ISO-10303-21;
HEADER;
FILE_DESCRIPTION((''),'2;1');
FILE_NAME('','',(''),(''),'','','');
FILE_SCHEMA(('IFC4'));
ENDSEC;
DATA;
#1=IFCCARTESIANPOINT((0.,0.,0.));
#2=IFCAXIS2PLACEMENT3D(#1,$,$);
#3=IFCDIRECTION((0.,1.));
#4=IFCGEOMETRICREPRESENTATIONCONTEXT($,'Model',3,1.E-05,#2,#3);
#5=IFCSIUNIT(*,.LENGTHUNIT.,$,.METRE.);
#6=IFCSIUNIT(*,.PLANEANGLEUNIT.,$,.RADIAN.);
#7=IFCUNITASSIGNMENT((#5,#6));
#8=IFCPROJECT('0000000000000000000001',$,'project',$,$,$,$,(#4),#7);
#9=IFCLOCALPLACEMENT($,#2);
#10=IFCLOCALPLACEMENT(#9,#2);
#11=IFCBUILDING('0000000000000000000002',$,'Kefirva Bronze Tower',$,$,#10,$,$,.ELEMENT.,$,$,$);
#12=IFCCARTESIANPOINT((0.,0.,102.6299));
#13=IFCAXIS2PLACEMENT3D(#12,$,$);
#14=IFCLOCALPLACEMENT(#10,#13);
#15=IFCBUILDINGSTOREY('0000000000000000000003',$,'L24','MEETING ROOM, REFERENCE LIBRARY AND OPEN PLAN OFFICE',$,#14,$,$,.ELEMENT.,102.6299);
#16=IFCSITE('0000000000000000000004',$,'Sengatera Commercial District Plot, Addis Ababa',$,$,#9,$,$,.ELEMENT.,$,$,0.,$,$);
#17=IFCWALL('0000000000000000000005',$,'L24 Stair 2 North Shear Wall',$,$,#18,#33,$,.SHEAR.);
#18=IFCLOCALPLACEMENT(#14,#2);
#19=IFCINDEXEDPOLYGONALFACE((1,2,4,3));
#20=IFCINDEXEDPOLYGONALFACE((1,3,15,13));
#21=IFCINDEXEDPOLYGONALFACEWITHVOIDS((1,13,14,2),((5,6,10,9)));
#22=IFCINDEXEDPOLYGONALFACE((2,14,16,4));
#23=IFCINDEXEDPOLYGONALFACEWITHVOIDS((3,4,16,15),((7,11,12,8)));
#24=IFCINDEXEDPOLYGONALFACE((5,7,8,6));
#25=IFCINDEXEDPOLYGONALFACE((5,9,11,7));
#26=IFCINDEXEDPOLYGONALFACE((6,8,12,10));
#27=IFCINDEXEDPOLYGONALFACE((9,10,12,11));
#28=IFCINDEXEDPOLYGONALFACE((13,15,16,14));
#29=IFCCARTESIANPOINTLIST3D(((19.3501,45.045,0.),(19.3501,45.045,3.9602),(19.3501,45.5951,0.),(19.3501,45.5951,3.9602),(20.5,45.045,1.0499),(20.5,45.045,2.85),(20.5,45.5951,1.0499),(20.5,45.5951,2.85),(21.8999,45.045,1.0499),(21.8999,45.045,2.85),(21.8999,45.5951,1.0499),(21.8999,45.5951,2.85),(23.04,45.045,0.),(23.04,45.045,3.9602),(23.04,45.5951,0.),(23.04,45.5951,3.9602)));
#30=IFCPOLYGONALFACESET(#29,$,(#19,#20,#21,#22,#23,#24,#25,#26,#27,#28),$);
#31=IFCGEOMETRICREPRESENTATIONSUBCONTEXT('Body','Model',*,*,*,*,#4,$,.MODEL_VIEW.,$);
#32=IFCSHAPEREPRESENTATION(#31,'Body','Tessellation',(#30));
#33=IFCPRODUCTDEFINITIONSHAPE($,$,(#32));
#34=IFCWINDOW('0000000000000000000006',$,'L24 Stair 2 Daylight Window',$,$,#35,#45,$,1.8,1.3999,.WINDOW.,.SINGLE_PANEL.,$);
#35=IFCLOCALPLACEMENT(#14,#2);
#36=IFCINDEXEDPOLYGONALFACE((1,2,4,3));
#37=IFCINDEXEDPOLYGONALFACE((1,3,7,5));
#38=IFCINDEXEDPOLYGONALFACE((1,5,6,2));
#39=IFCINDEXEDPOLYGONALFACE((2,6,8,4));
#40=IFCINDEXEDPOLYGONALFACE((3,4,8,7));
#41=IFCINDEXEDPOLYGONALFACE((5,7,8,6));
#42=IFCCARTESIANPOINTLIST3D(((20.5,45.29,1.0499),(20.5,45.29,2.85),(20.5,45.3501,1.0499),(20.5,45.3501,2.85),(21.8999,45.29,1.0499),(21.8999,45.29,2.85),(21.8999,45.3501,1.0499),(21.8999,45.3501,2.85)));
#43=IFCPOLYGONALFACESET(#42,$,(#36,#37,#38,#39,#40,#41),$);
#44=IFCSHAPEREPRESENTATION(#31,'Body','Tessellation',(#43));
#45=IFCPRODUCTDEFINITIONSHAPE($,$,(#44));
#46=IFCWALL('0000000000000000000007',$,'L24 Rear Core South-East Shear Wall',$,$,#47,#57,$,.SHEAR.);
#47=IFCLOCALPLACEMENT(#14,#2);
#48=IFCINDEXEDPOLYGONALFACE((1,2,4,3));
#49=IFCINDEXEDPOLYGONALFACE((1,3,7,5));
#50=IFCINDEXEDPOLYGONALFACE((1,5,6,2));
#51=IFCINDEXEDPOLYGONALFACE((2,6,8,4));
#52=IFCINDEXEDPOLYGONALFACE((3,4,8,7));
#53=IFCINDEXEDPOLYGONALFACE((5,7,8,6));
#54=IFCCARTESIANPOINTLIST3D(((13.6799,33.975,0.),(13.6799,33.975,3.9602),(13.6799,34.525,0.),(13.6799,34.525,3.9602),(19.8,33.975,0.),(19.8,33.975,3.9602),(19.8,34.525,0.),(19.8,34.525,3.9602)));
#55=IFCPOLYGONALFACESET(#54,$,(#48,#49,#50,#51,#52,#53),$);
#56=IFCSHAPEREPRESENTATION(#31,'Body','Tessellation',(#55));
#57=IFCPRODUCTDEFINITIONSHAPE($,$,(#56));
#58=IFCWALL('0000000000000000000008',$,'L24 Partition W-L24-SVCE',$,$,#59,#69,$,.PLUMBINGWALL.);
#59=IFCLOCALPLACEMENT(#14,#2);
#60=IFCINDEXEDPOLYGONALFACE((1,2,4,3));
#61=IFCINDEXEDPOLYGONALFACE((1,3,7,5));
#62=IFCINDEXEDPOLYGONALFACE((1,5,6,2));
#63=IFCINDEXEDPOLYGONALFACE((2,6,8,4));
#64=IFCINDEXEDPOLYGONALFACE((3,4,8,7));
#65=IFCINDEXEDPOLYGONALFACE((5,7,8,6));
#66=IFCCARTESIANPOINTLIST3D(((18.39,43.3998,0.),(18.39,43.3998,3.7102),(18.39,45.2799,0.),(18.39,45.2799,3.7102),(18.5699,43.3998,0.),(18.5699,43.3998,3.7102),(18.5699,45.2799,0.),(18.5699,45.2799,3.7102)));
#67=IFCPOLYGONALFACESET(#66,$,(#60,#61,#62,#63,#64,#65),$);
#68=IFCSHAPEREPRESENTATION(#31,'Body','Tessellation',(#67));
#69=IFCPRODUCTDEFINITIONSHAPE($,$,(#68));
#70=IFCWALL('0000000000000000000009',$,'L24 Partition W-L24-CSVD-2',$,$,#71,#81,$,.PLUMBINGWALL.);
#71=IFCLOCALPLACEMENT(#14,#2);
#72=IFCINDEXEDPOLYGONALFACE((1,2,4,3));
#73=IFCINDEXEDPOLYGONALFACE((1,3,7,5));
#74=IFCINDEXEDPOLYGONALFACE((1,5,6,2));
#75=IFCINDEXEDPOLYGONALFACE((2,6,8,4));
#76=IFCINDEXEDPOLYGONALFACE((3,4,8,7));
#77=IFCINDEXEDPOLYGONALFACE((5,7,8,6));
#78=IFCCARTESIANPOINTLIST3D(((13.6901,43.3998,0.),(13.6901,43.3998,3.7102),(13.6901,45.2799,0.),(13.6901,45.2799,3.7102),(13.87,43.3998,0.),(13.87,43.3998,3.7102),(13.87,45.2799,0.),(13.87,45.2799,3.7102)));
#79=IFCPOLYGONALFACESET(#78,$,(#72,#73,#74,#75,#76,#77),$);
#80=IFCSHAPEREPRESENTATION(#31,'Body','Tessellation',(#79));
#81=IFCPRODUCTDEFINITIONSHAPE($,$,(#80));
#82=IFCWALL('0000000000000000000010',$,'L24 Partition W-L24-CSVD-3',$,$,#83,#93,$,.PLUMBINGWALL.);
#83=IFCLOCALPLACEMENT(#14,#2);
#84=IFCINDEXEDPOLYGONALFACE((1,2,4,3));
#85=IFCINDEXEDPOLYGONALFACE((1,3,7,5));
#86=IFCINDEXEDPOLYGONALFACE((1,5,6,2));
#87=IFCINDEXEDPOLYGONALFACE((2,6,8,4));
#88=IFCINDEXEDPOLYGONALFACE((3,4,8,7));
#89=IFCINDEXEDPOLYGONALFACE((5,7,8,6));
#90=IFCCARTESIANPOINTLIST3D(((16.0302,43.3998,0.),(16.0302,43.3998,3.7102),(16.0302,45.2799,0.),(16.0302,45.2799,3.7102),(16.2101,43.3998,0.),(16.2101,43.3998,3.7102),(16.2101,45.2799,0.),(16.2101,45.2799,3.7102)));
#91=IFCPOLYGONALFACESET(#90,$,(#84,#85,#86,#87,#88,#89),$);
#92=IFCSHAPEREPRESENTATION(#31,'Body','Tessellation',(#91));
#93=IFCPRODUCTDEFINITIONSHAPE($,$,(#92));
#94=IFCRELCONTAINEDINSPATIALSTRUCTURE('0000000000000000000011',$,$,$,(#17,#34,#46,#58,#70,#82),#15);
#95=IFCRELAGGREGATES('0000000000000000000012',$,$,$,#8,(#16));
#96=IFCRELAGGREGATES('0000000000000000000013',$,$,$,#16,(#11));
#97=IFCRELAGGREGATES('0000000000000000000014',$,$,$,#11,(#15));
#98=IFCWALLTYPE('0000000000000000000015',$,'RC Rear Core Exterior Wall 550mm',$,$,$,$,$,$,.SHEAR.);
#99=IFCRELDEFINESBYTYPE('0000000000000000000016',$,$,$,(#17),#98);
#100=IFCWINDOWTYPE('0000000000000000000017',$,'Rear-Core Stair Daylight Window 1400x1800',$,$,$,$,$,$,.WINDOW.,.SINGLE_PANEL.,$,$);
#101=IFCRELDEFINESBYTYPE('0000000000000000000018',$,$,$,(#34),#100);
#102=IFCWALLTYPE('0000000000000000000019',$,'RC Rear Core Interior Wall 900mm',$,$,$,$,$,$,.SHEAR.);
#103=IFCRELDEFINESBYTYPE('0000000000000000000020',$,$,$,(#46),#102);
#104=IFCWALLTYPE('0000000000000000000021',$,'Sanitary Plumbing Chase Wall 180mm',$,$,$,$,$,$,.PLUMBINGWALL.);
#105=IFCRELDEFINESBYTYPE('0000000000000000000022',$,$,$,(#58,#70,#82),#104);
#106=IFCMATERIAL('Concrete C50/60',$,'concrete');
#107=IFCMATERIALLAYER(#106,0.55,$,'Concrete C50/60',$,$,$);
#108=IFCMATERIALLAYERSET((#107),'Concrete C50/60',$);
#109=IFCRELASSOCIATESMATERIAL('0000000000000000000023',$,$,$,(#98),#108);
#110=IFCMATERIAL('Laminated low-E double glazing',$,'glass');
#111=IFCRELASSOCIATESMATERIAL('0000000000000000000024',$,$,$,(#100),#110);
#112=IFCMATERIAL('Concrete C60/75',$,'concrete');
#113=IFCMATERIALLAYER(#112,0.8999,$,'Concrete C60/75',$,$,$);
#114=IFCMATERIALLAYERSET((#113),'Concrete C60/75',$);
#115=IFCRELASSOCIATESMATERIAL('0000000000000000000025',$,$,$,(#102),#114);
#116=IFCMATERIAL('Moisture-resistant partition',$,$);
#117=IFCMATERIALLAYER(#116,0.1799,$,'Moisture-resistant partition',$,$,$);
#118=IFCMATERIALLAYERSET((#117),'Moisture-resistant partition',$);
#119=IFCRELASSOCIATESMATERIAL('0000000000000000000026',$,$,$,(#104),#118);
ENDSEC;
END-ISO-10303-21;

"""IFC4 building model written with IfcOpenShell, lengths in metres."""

from ifc_helpers import new_model, si_unit, direction, frame, frame_2d, origin, place, context, subcontext, project, spatial, rectangle, extrude, material, layer, layer_set, type_object, element, fill, save


model = new_model("IFC4")

# Units and contexts
model_context = context("Model", 3, precision=1e-05, world=origin(), true_north=direction((0.0, 1.0)))
body_context = subcontext(model_context, "Body", "Model", "MODEL_VIEW")
ifc_project = project(units=[si_unit("LENGTHUNIT", "METRE"), si_unit("PLANEANGLEUNIT", "RADIAN")], contexts=[model_context])

# Site, building, storey
site_placement = place(None, origin())
site = spatial("IfcSite", under=ifc_project, at=site_placement, Name="Sengatera Commercial District Plot, Addis Ababa", CompositionType="ELEMENT", RefElevation=0.0)
building_placement = place(site_placement, origin())
building = spatial("IfcBuilding", under=site, at=building_placement, Name="Kefirva Bronze Tower", CompositionType="ELEMENT")
storey_placement = place(building_placement, frame((0.0, 0.0, 102.6299)))
storey = spatial("IfcBuildingStorey", under=building, at=storey_placement, Name="L24", Description="MEETING ROOM, REFERENCE LIBRARY AND OPEN PLAN OFFICE", CompositionType="ELEMENT", Elevation=102.6299)

# Shared definitions
ifc_material_1 = material(Name="Concrete C60/75", Category="concrete")

# Wall, opening, window
ifc_material_2 = material(Name="Concrete C50/60", Category="concrete")
ifc_layer_1 = layer(ifc_material_2, 0.55, Name="Concrete C50/60")
ifc_layer_set_1 = layer_set([ifc_layer_1], Name="Concrete C50/60")
wall_type_1 = type_object("IfcWallType", Name="RC Rear Core Exterior Wall 550mm", PredefinedType="SHEAR", material=ifc_layer_set_1)
wall_1_placement = place(storey_placement, frame((19.3501, 45.3201, 0.0), z_axis=(0.0, 0.0, 1.0), x_axis=(1.0, 0.0, 0.0)))
wall_1 = element("IfcWall", 1, at=wall_1_placement, inside=storey, type_object=wall_type_1, Name="L24 Stair 2 North Shear Wall", PredefinedType="SHEAR", context=body_context, shape_type="SweptSolid", body=[
    extrude(rectangle(XDim=3.6899, YDim=0.55, at=frame_2d((1.845, 0.0))), origin(), (0.0, 0.0, 1.0), 3.9602),
])
opening_1_placement = place(wall_1_placement, frame((1.1499, 0.0, 1.05)))
opening_1 = element("IfcOpeningElement", 2, at=opening_1_placement, cuts=wall_1, PredefinedType="OPENING", context=body_context, shape_type="SweptSolid", body=[
    extrude(rectangle(XDim=1.3999, YDim=1.8, at=frame_2d((0.7, 0.8999))), frame((0.0, 0.2852, 0.0), z_axis=(0.0, -1.0, 0.0), x_axis=(1.0, 0.0, 0.0)), (0.0, 0.0, 1.0), 0.5701),
])
ifc_material_3 = material(Name="Laminated low-E double glazing", Category="glass")
window_type = type_object("IfcWindowType", Name="Rear-Core Stair Daylight Window 1400x1800", PartitioningType="SINGLE_PANEL", PredefinedType="WINDOW", material=ifc_material_3)
window_placement = place(opening_1_placement, origin())
window = element("IfcWindow", 3, at=window_placement, inside=storey, type_object=window_type, Name="L24 Stair 2 Daylight Window", OverallHeight=1.8, OverallWidth=1.3999, PartitioningType="SINGLE_PANEL", PredefinedType="WINDOW", context=body_context, shape_type="SweptSolid", body=[
    extrude(rectangle(XDim=1.3999, YDim=1.8, at=frame_2d((0.7, 0.8999))), frame((0.0, 0.03, 0.0), z_axis=(0.0, -1.0, 0.0), x_axis=(1.0, 0.0, 0.0)), (0.0, 0.0, 1.0), 0.0601),
])
fill(opening_1, window)

# Walls
ifc_layer_2 = layer(ifc_material_1, 0.8999, Name="Concrete C60/75")
ifc_layer_set_2 = layer_set([ifc_layer_2], Name="Concrete C60/75")
wall_type_2 = type_object("IfcWallType", Name="RC Rear Core Interior Wall 900mm", PredefinedType="SHEAR", material=ifc_layer_set_2)
wall_2_placement = place(storey_placement, frame((13.6799, 34.25, 0.0), z_axis=(0.0, 0.0, 1.0), x_axis=(1.0, 0.0, 0.0)))
element("IfcWall", 4, at=wall_2_placement, inside=storey, type_object=wall_type_2, Name="L24 Rear Core South-East Shear Wall", PredefinedType="SHEAR", context=body_context, shape_type="SweptSolid", body=[
    extrude(rectangle(XDim=6.1201, YDim=0.55, at=frame_2d((3.0601, 0.0))), origin(), (0.0, 0.0, 1.0), 3.9602),
])
ifc_material_4 = material(Name="Moisture-resistant partition")
ifc_layer_3 = layer(ifc_material_4, 0.1799, Name="Moisture-resistant partition")
ifc_layer_set_3 = layer_set([ifc_layer_3], Name="Moisture-resistant partition")
wall_type_3 = type_object("IfcWallType", Name="Sanitary Plumbing Chase Wall 180mm", PredefinedType="PLUMBINGWALL", material=ifc_layer_set_3)
for number, where, z_axis, x_axis, name in (
    (5, (18.48, 43.3999, 0.0), (0.0, 0.0, 1.0), (0.0, 1.0, 0.0), "L24 Partition W-L24-SVCE"),
    (6, (13.78, 43.3999, 0.0), (0.0, 0.0, 1.0), (0.0, 1.0, 0.0), "L24 Partition W-L24-CSVD-2"),
    (7, (16.1201, 43.3999, 0.0), (0.0, 0.0, 1.0), (0.0, 1.0, 0.0), "L24 Partition W-L24-CSVD-3"),
):
    element("IfcWall", number, at=place(storey_placement, frame(where, z_axis=z_axis, x_axis=x_axis)), inside=storey, type_object=wall_type_3, Name=name, PredefinedType="PLUMBINGWALL", context=body_context, shape_type="SweptSolid", body=[
        extrude(rectangle(XDim=1.8801, YDim=0.1799, at=frame_2d((0.9399, 0.0))), origin(), (0.0, 0.0, 1.0), 3.7102),
    ])

save(model, "model.ifc")
